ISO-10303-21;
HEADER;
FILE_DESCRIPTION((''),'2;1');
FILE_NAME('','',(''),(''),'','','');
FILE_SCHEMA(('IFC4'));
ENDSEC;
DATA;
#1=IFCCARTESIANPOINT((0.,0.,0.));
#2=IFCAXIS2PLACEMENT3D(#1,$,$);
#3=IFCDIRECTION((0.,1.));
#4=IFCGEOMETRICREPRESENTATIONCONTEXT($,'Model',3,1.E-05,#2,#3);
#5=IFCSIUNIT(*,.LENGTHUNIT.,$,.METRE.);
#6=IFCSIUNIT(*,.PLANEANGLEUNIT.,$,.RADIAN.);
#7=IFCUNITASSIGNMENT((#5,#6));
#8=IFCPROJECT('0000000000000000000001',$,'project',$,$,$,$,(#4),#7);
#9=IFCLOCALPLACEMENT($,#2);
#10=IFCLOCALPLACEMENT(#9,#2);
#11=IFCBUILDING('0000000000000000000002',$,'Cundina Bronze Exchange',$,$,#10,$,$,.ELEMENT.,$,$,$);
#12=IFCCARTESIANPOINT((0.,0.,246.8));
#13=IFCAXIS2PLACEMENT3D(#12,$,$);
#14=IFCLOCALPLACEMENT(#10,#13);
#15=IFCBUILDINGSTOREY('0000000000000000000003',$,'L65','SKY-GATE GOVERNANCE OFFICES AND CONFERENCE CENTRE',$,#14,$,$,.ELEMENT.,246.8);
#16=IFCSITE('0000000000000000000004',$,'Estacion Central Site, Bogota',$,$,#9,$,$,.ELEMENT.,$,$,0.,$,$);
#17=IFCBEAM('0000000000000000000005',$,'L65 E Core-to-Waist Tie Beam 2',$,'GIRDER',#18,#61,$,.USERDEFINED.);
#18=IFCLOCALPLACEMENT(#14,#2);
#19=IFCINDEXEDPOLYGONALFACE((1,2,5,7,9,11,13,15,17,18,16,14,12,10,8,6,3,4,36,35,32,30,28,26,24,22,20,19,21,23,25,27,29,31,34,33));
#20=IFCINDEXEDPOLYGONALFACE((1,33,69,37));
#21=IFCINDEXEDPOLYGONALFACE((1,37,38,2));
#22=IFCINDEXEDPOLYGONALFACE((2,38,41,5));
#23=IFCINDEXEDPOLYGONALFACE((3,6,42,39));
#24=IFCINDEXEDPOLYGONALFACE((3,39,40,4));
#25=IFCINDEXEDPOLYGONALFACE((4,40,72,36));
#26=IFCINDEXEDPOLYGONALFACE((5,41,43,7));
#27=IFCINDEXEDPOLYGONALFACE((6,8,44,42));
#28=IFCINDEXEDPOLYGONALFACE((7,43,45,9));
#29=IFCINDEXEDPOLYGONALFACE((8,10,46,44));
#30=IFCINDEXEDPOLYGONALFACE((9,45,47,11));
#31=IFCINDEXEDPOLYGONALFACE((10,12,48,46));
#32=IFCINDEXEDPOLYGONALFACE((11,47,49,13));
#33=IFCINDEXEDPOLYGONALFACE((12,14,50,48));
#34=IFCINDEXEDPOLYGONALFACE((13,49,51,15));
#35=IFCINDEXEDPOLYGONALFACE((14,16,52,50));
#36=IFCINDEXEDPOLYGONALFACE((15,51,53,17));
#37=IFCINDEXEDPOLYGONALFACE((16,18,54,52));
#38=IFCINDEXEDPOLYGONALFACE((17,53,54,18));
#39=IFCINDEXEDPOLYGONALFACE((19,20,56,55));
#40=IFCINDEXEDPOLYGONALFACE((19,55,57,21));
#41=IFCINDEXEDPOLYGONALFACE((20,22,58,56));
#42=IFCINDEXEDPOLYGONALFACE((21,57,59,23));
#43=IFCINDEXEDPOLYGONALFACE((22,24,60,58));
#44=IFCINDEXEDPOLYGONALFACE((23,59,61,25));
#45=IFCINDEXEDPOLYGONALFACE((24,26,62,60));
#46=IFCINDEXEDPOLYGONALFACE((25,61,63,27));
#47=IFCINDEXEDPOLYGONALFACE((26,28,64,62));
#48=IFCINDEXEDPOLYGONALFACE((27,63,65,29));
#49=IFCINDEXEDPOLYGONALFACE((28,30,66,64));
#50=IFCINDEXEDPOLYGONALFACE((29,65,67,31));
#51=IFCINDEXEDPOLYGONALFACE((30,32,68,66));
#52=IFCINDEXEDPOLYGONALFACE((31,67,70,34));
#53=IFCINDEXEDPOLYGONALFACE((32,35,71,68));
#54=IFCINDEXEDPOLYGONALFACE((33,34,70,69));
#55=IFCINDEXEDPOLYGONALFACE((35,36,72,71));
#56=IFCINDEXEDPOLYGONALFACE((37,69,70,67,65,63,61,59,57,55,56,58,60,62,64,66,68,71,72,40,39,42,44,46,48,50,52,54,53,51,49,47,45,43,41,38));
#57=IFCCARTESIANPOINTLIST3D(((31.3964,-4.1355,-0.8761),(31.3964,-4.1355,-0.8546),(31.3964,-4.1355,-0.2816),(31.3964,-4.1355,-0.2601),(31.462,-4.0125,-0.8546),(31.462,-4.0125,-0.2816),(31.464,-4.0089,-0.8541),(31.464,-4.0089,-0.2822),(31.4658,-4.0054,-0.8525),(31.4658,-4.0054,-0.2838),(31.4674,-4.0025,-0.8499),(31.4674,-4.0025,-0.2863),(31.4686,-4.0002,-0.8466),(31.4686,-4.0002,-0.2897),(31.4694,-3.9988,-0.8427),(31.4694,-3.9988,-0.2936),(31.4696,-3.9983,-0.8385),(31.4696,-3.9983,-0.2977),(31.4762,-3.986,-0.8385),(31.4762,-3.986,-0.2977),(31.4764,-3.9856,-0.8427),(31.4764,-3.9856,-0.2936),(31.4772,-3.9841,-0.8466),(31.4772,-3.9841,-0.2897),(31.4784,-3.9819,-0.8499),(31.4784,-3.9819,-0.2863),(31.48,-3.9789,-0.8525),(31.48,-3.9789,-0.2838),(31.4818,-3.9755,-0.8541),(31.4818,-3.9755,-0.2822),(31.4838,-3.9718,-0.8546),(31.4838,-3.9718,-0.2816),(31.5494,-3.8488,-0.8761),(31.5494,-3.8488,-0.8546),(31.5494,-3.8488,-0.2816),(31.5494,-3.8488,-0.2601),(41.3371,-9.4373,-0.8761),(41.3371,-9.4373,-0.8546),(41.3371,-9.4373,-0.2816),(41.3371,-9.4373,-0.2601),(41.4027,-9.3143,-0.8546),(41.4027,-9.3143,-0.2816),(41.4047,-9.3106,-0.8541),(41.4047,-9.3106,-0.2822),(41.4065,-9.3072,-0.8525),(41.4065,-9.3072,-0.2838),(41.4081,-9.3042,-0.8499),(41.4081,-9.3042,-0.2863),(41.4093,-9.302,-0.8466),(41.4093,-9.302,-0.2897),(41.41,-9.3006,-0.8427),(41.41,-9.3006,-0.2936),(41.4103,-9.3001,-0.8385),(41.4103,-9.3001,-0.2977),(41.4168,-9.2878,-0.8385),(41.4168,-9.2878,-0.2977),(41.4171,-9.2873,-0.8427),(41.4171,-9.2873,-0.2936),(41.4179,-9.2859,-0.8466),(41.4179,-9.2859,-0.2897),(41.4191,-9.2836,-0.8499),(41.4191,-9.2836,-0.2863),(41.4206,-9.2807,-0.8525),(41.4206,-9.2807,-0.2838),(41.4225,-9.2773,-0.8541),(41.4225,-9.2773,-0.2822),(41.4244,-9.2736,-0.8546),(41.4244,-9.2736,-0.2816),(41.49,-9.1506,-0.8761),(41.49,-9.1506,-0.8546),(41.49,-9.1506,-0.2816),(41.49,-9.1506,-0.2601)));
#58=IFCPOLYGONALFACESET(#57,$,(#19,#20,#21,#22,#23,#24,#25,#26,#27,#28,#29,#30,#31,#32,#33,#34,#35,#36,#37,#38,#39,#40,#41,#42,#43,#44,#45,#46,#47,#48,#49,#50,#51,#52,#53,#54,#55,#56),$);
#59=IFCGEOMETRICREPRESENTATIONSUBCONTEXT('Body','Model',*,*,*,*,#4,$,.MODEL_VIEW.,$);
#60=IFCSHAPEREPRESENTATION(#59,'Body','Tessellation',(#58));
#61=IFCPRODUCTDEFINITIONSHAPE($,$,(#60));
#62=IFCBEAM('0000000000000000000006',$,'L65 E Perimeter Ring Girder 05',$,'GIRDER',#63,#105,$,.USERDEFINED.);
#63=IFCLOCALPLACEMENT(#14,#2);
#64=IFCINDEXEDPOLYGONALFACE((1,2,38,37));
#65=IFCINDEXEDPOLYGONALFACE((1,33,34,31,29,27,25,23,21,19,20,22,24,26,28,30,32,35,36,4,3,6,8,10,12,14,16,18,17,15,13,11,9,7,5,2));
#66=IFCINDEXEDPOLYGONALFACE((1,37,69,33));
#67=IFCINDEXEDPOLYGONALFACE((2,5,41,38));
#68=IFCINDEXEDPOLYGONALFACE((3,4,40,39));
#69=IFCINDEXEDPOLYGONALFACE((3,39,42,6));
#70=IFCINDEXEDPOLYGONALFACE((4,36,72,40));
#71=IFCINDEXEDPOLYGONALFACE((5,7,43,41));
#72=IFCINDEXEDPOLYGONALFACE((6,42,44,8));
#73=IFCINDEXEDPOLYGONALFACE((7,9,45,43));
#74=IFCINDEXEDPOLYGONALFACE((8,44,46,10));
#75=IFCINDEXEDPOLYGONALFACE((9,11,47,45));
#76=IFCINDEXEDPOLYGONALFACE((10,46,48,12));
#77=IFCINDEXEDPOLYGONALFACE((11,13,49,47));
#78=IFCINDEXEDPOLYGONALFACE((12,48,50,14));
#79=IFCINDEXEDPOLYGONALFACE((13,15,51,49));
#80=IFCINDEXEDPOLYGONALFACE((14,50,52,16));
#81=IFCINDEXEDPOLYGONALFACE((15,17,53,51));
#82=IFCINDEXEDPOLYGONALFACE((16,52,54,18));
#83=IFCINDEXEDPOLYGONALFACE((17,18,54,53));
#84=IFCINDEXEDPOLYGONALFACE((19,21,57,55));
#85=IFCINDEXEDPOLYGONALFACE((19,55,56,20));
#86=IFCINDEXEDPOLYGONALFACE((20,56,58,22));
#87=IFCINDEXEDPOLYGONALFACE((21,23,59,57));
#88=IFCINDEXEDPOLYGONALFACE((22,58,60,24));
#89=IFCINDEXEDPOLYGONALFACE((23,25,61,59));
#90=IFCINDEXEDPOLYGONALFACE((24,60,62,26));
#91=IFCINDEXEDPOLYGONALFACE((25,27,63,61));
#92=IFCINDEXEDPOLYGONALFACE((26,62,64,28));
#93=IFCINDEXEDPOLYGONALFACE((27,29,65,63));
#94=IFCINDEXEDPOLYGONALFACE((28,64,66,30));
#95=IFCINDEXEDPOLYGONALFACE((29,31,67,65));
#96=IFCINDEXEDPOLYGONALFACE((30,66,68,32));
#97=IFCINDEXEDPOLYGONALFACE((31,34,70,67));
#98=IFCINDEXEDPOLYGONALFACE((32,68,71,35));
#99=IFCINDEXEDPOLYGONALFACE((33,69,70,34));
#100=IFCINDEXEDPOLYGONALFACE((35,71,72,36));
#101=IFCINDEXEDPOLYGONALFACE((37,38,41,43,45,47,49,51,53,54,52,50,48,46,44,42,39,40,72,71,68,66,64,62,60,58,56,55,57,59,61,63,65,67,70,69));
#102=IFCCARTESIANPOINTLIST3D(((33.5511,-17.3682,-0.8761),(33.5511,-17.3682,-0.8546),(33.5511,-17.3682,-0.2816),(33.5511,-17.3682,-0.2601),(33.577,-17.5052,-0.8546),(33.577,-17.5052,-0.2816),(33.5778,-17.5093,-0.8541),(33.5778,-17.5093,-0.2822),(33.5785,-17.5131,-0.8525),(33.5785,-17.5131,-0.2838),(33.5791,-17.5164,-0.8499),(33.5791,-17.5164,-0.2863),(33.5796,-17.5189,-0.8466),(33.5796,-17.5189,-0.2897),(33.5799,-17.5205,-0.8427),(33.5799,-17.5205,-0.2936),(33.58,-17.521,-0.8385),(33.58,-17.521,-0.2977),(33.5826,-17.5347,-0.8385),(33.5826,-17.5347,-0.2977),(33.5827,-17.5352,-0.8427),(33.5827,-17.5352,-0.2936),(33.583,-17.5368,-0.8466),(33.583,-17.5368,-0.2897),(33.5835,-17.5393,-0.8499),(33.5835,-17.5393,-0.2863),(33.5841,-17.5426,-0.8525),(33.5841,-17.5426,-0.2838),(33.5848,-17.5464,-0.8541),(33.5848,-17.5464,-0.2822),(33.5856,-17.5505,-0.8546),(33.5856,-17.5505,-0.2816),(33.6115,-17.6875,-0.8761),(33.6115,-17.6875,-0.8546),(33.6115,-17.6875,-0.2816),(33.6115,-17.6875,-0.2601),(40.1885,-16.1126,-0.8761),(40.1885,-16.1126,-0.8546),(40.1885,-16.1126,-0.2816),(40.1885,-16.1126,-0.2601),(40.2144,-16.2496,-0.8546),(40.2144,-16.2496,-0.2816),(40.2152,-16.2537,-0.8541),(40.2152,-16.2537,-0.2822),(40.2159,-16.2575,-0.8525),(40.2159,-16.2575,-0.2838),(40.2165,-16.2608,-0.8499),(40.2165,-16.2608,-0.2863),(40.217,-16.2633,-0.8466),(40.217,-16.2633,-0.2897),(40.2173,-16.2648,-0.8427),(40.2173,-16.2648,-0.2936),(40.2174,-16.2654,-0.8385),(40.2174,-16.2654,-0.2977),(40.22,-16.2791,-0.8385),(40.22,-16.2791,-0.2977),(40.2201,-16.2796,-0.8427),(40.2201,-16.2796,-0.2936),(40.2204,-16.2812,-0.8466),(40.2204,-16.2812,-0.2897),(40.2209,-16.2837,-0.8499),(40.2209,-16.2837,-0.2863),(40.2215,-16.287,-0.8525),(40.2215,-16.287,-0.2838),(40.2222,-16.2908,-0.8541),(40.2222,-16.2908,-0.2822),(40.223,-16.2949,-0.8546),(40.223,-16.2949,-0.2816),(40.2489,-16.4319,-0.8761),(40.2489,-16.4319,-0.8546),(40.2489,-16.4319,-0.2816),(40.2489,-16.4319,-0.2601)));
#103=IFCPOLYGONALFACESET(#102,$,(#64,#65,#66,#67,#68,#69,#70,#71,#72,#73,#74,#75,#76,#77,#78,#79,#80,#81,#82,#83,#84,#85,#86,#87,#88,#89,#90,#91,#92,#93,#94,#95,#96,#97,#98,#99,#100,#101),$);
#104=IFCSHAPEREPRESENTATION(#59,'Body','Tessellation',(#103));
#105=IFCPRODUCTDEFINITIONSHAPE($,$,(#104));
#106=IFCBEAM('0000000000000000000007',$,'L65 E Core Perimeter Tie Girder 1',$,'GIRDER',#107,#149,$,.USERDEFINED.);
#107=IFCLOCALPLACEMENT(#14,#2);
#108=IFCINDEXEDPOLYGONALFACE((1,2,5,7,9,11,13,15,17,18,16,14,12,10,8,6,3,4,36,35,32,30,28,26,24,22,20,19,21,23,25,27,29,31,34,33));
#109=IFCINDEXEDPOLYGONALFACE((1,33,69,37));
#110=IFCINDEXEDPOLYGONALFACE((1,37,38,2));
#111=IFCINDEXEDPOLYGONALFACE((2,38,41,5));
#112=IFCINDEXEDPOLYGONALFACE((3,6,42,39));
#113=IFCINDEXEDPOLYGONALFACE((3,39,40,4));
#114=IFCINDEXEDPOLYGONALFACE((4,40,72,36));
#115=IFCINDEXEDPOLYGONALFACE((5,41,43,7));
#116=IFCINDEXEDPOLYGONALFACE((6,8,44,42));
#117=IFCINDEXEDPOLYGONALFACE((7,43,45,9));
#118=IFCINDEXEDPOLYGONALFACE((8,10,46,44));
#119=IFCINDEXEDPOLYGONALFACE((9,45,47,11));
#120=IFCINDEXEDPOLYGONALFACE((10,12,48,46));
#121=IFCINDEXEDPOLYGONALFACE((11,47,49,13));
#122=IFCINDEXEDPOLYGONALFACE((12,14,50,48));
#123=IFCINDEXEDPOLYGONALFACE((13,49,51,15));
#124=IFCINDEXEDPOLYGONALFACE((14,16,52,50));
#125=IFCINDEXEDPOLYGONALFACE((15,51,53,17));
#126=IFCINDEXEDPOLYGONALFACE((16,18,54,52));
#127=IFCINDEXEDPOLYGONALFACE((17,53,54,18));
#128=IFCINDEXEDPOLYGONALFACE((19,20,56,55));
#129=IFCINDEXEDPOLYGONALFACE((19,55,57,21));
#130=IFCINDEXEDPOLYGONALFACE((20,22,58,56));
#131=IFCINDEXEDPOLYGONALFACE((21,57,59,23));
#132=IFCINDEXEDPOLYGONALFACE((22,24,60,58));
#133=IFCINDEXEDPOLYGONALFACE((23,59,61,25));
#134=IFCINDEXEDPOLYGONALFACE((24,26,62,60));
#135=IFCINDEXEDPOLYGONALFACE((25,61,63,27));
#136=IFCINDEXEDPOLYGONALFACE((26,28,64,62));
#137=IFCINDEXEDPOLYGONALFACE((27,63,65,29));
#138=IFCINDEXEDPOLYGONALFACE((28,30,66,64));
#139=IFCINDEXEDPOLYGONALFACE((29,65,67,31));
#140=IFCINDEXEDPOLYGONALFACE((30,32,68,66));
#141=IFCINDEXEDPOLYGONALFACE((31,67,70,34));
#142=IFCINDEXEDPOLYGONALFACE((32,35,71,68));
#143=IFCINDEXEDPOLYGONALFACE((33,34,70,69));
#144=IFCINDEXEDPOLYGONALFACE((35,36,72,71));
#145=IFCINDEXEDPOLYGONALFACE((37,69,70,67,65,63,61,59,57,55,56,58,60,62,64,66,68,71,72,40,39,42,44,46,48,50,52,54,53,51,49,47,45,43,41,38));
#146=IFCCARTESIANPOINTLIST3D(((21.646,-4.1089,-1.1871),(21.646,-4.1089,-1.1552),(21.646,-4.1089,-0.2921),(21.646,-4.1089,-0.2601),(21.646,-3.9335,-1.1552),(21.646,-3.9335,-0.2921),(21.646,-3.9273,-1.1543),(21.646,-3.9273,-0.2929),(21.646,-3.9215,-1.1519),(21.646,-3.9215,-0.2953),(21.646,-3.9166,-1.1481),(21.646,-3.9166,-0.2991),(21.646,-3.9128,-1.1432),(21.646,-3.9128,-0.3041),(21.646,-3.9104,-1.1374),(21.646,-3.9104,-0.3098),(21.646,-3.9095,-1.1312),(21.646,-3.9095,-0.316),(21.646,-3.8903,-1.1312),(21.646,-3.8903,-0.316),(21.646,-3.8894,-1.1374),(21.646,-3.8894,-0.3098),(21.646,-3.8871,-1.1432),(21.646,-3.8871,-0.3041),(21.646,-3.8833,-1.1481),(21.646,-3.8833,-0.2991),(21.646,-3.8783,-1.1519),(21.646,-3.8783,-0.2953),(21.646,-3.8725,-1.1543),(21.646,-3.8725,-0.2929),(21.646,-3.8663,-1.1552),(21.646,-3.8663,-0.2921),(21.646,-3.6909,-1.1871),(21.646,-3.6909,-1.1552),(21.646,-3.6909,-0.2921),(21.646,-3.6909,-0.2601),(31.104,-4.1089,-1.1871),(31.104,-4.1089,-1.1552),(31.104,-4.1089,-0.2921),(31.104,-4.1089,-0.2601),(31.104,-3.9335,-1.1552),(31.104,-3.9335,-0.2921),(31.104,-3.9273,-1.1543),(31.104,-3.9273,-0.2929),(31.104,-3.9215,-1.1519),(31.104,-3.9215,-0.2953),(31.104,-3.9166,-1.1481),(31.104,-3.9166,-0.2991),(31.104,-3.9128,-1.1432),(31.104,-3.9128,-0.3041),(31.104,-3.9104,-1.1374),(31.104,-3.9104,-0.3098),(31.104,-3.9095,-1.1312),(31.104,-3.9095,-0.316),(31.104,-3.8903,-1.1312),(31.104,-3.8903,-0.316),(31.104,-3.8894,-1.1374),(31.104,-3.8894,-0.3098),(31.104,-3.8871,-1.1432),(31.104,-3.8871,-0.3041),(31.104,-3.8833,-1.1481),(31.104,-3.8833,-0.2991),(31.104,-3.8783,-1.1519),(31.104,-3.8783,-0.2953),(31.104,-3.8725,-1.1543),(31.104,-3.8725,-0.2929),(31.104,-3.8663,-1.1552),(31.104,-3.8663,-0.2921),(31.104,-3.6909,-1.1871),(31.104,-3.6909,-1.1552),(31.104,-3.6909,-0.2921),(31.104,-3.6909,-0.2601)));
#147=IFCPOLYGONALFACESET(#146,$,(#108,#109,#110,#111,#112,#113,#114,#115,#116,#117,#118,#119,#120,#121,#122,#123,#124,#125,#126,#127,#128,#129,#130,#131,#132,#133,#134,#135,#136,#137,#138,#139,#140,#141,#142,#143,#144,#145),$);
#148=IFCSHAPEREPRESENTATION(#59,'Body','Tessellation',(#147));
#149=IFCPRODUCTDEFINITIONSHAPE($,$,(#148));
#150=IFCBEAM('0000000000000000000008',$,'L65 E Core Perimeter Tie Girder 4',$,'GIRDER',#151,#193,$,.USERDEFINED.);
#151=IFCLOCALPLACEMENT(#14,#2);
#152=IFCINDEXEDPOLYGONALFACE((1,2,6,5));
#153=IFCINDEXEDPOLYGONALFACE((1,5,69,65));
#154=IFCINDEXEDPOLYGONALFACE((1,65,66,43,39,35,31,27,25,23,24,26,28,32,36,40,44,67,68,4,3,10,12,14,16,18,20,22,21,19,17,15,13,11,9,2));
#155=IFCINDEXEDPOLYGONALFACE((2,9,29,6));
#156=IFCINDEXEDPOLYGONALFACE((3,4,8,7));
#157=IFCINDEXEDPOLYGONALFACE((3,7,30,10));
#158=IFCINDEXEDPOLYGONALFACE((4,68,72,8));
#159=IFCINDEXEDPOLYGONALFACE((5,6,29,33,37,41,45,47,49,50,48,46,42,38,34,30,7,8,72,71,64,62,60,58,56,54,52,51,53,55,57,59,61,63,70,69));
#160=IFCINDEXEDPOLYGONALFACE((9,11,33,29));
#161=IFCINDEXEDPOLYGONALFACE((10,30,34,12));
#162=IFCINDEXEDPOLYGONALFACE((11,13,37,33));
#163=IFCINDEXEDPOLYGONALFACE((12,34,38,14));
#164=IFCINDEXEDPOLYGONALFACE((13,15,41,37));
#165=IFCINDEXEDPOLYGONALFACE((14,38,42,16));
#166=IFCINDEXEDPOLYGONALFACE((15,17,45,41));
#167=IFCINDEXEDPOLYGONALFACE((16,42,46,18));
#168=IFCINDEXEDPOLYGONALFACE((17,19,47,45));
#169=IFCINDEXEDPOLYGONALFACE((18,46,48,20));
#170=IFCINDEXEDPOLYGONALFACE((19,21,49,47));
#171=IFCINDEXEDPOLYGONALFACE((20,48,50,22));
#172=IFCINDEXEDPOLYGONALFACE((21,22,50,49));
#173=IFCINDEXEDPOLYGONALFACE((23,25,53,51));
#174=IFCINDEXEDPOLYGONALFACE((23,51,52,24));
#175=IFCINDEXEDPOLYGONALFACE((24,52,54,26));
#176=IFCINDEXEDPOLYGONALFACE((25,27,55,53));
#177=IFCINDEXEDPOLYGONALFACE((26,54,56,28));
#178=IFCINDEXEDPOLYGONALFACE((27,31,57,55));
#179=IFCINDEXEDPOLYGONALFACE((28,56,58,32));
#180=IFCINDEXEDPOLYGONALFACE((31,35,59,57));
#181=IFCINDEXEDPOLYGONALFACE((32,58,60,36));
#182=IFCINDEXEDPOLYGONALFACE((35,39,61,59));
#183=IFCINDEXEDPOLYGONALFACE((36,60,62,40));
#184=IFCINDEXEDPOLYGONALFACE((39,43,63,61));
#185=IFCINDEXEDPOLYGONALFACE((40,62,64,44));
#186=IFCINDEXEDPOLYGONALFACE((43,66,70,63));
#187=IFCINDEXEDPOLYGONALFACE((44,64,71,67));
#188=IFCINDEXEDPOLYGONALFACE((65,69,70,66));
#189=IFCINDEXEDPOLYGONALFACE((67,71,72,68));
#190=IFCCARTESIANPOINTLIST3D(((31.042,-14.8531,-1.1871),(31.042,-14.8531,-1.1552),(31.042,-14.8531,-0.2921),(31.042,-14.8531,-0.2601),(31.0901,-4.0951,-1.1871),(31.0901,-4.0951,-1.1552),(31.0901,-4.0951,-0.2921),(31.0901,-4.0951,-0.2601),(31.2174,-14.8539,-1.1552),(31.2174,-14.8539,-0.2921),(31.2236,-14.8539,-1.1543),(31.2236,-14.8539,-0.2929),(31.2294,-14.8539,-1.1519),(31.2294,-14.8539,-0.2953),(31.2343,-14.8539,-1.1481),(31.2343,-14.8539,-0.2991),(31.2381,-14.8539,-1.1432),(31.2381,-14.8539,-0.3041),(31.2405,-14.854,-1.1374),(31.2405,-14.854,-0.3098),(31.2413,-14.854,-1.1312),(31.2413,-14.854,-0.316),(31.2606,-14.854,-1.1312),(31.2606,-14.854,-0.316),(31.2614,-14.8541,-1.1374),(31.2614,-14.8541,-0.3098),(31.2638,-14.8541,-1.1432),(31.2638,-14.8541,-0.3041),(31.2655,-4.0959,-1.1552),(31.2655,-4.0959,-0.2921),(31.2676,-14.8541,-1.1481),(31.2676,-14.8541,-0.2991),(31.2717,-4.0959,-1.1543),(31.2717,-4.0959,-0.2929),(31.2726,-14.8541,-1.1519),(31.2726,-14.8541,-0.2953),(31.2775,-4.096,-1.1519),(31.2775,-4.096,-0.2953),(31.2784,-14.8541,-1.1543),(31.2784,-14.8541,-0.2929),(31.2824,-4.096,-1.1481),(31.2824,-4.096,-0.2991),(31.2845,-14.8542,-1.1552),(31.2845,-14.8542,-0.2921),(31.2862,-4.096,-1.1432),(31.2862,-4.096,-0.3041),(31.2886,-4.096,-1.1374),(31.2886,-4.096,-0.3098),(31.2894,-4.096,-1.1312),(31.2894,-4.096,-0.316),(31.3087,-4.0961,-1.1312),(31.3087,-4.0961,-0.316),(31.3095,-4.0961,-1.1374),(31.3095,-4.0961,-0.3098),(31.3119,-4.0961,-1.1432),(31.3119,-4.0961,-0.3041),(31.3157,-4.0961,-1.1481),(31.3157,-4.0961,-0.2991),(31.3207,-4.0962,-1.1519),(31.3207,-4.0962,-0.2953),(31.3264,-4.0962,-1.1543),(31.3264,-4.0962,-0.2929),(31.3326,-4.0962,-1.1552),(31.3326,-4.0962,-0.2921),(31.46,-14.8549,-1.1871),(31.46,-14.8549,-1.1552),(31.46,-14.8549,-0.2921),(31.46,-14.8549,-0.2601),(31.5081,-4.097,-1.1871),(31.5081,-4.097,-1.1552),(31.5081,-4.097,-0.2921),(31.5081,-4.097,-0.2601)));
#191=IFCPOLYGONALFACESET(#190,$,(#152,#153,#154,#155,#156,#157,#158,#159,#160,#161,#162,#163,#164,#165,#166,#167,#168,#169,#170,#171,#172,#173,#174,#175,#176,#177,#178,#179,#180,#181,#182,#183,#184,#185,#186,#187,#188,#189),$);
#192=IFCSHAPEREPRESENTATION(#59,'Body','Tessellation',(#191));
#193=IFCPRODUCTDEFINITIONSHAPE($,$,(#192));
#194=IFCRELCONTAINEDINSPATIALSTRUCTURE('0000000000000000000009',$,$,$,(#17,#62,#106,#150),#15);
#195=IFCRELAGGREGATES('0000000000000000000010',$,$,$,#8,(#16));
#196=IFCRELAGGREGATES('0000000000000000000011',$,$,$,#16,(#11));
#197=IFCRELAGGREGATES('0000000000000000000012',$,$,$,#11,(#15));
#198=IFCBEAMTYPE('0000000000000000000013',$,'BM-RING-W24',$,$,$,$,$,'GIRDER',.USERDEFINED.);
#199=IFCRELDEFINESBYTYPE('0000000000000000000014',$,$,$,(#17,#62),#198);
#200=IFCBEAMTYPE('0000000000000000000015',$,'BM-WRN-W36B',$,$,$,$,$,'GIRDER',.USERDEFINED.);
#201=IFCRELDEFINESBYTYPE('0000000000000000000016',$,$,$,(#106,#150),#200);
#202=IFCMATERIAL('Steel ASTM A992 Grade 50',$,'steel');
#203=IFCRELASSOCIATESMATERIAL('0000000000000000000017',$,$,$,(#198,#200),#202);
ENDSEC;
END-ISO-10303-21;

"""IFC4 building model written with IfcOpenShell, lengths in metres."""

from ifc_helpers import new_model, si_unit, direction, frame, origin, origin_2d, place, context, subcontext, project, spatial, i_section, extrude, material, material_profile, profile_set, type_object, element, save


model = new_model("IFC4")

# Units and contexts
model_context = context("Model", 3, precision=1e-05, world=origin(), true_north=direction((0.0, 1.0)))
body_context = subcontext(model_context, "Body", "Model", "MODEL_VIEW")
ifc_project = project(units=[si_unit("LENGTHUNIT", "METRE"), si_unit("PLANEANGLEUNIT", "RADIAN")], contexts=[model_context])

# Site, building, storey
site_placement = place(None, origin())
site = spatial("IfcSite", under=ifc_project, at=site_placement, Name="Estacion Central Site, Bogota", CompositionType="ELEMENT", RefElevation=0.0)
building_placement = place(site_placement, origin())
building = spatial("IfcBuilding", under=site, at=building_placement, Name="Cundina Bronze Exchange", CompositionType="ELEMENT")
storey_placement = place(building_placement, frame((0.0, 0.0, 246.8)))
storey = spatial("IfcBuildingStorey", under=building, at=storey_placement, Name="L65", Description="SKY-GATE GOVERNANCE OFFICES AND CONFERENCE CENTRE", CompositionType="ELEMENT", Elevation=246.8)

# Shared definitions
ifc_material_1 = material(Name="Steel ASTM A992 Grade 50", Category="steel")

# Beams
ifc_material_profile_1 = material_profile(ifc_material_1, i_section(OverallWidth=0.325, OverallDepth=0.616, WebThickness=0.0139, FlangeThickness=0.0215, FilletRadius=0.0161, at=origin_2d()), Name="W24X117", Category="steel")
ifc_profile_set_1 = profile_set([ifc_material_profile_1], Name="Steel ASTM A992 Grade 50")
beam_type_1 = type_object("IfcBeamType", Name="BM-RING-W24", ElementType="GIRDER", PredefinedType="USERDEFINED", material=ifc_profile_set_1)
beam_1_placement = place(storey_placement, frame((31.4729, -3.9922, -0.5681), z_axis=(0.882351, -0.470593, 0.0), x_axis=(0.470593, 0.882351, 0.0)))
element("IfcBeam", 1, at=beam_1_placement, inside=storey, type_object=beam_type_1, Name="L65 E Core-to-Waist Tie Beam 2", ObjectType="GIRDER", PredefinedType="USERDEFINED", context=body_context, shape_type="SweptSolid", body=[
    extrude(i_section(OverallWidth=0.325, OverallDepth=0.616, WebThickness=0.0139, FlangeThickness=0.0215, FilletRadius=0.0161, at=origin_2d()), origin(), (0.0, 0.0, 1.0), 11.2661),
])
beam_2_placement = place(storey_placement, frame((33.5813, -17.5278, -0.5681), z_axis=(0.982573, 0.185875, 0.0), x_axis=(-0.185875, 0.982573, 0.0)))
element("IfcBeam", 2, at=beam_2_placement, inside=storey, type_object=beam_type_1, Name="L65 E Perimeter Ring Girder 05", ObjectType="GIRDER", PredefinedType="USERDEFINED", context=body_context, shape_type="SweptSolid", body=[
    extrude(i_section(OverallWidth=0.325, OverallDepth=0.616, WebThickness=0.0139, FlangeThickness=0.0215, FilletRadius=0.0161, at=origin_2d()), origin(), (0.0, 0.0, 1.0), 6.7551),
])
ifc_material_profile_2 = material_profile(ifc_material_1, i_section(OverallWidth=0.418, OverallDepth=0.927, WebThickness=0.0193, FlangeThickness=0.032, FilletRadius=0.0239, at=origin_2d()), Name="W36X231", Category="steel")
ifc_profile_set_2 = profile_set([ifc_material_profile_2], Name="Steel ASTM A992 Grade 50")
beam_type_2 = type_object("IfcBeamType", Name="BM-WRN-W36B", ElementType="GIRDER", PredefinedType="USERDEFINED", material=ifc_profile_set_2)
beam_3_placement = place(storey_placement, frame((31.104, -3.8999, -0.7236), z_axis=(-1.0, 0.0, 0.0), x_axis=(0.0, -1.0, 0.0)))
element("IfcBeam", 3, at=beam_3_placement, inside=storey, type_object=beam_type_2, Name="L65 E Core Perimeter Tie Girder 1", ObjectType="GIRDER", PredefinedType="USERDEFINED", context=body_context, shape_type="SweptSolid", body=[
    extrude(i_section(OverallWidth=0.418, OverallDepth=0.927, WebThickness=0.0193, FlangeThickness=0.032, FilletRadius=0.0239, at=origin_2d()), origin(), (0.0, 0.0, 1.0), 9.458),
])
beam_4_placement = place(storey_placement, frame((31.251, -14.854, -0.7236), z_axis=(0.004471, 0.99999, 0.0), x_axis=(-0.99999, 0.004471, 0.0)))
element("IfcBeam", 4, at=beam_4_placement, inside=storey, type_object=beam_type_2, Name="L65 E Core Perimeter Tie Girder 4", ObjectType="GIRDER", PredefinedType="USERDEFINED", context=body_context, shape_type="SweptSolid", body=[
    extrude(i_section(OverallWidth=0.418, OverallDepth=0.927, WebThickness=0.0193, FlangeThickness=0.032, FilletRadius=0.0239, at=origin_2d()), origin(), (0.0, 0.0, 1.0), 10.7581),
])

save(model, "model.ifc")
